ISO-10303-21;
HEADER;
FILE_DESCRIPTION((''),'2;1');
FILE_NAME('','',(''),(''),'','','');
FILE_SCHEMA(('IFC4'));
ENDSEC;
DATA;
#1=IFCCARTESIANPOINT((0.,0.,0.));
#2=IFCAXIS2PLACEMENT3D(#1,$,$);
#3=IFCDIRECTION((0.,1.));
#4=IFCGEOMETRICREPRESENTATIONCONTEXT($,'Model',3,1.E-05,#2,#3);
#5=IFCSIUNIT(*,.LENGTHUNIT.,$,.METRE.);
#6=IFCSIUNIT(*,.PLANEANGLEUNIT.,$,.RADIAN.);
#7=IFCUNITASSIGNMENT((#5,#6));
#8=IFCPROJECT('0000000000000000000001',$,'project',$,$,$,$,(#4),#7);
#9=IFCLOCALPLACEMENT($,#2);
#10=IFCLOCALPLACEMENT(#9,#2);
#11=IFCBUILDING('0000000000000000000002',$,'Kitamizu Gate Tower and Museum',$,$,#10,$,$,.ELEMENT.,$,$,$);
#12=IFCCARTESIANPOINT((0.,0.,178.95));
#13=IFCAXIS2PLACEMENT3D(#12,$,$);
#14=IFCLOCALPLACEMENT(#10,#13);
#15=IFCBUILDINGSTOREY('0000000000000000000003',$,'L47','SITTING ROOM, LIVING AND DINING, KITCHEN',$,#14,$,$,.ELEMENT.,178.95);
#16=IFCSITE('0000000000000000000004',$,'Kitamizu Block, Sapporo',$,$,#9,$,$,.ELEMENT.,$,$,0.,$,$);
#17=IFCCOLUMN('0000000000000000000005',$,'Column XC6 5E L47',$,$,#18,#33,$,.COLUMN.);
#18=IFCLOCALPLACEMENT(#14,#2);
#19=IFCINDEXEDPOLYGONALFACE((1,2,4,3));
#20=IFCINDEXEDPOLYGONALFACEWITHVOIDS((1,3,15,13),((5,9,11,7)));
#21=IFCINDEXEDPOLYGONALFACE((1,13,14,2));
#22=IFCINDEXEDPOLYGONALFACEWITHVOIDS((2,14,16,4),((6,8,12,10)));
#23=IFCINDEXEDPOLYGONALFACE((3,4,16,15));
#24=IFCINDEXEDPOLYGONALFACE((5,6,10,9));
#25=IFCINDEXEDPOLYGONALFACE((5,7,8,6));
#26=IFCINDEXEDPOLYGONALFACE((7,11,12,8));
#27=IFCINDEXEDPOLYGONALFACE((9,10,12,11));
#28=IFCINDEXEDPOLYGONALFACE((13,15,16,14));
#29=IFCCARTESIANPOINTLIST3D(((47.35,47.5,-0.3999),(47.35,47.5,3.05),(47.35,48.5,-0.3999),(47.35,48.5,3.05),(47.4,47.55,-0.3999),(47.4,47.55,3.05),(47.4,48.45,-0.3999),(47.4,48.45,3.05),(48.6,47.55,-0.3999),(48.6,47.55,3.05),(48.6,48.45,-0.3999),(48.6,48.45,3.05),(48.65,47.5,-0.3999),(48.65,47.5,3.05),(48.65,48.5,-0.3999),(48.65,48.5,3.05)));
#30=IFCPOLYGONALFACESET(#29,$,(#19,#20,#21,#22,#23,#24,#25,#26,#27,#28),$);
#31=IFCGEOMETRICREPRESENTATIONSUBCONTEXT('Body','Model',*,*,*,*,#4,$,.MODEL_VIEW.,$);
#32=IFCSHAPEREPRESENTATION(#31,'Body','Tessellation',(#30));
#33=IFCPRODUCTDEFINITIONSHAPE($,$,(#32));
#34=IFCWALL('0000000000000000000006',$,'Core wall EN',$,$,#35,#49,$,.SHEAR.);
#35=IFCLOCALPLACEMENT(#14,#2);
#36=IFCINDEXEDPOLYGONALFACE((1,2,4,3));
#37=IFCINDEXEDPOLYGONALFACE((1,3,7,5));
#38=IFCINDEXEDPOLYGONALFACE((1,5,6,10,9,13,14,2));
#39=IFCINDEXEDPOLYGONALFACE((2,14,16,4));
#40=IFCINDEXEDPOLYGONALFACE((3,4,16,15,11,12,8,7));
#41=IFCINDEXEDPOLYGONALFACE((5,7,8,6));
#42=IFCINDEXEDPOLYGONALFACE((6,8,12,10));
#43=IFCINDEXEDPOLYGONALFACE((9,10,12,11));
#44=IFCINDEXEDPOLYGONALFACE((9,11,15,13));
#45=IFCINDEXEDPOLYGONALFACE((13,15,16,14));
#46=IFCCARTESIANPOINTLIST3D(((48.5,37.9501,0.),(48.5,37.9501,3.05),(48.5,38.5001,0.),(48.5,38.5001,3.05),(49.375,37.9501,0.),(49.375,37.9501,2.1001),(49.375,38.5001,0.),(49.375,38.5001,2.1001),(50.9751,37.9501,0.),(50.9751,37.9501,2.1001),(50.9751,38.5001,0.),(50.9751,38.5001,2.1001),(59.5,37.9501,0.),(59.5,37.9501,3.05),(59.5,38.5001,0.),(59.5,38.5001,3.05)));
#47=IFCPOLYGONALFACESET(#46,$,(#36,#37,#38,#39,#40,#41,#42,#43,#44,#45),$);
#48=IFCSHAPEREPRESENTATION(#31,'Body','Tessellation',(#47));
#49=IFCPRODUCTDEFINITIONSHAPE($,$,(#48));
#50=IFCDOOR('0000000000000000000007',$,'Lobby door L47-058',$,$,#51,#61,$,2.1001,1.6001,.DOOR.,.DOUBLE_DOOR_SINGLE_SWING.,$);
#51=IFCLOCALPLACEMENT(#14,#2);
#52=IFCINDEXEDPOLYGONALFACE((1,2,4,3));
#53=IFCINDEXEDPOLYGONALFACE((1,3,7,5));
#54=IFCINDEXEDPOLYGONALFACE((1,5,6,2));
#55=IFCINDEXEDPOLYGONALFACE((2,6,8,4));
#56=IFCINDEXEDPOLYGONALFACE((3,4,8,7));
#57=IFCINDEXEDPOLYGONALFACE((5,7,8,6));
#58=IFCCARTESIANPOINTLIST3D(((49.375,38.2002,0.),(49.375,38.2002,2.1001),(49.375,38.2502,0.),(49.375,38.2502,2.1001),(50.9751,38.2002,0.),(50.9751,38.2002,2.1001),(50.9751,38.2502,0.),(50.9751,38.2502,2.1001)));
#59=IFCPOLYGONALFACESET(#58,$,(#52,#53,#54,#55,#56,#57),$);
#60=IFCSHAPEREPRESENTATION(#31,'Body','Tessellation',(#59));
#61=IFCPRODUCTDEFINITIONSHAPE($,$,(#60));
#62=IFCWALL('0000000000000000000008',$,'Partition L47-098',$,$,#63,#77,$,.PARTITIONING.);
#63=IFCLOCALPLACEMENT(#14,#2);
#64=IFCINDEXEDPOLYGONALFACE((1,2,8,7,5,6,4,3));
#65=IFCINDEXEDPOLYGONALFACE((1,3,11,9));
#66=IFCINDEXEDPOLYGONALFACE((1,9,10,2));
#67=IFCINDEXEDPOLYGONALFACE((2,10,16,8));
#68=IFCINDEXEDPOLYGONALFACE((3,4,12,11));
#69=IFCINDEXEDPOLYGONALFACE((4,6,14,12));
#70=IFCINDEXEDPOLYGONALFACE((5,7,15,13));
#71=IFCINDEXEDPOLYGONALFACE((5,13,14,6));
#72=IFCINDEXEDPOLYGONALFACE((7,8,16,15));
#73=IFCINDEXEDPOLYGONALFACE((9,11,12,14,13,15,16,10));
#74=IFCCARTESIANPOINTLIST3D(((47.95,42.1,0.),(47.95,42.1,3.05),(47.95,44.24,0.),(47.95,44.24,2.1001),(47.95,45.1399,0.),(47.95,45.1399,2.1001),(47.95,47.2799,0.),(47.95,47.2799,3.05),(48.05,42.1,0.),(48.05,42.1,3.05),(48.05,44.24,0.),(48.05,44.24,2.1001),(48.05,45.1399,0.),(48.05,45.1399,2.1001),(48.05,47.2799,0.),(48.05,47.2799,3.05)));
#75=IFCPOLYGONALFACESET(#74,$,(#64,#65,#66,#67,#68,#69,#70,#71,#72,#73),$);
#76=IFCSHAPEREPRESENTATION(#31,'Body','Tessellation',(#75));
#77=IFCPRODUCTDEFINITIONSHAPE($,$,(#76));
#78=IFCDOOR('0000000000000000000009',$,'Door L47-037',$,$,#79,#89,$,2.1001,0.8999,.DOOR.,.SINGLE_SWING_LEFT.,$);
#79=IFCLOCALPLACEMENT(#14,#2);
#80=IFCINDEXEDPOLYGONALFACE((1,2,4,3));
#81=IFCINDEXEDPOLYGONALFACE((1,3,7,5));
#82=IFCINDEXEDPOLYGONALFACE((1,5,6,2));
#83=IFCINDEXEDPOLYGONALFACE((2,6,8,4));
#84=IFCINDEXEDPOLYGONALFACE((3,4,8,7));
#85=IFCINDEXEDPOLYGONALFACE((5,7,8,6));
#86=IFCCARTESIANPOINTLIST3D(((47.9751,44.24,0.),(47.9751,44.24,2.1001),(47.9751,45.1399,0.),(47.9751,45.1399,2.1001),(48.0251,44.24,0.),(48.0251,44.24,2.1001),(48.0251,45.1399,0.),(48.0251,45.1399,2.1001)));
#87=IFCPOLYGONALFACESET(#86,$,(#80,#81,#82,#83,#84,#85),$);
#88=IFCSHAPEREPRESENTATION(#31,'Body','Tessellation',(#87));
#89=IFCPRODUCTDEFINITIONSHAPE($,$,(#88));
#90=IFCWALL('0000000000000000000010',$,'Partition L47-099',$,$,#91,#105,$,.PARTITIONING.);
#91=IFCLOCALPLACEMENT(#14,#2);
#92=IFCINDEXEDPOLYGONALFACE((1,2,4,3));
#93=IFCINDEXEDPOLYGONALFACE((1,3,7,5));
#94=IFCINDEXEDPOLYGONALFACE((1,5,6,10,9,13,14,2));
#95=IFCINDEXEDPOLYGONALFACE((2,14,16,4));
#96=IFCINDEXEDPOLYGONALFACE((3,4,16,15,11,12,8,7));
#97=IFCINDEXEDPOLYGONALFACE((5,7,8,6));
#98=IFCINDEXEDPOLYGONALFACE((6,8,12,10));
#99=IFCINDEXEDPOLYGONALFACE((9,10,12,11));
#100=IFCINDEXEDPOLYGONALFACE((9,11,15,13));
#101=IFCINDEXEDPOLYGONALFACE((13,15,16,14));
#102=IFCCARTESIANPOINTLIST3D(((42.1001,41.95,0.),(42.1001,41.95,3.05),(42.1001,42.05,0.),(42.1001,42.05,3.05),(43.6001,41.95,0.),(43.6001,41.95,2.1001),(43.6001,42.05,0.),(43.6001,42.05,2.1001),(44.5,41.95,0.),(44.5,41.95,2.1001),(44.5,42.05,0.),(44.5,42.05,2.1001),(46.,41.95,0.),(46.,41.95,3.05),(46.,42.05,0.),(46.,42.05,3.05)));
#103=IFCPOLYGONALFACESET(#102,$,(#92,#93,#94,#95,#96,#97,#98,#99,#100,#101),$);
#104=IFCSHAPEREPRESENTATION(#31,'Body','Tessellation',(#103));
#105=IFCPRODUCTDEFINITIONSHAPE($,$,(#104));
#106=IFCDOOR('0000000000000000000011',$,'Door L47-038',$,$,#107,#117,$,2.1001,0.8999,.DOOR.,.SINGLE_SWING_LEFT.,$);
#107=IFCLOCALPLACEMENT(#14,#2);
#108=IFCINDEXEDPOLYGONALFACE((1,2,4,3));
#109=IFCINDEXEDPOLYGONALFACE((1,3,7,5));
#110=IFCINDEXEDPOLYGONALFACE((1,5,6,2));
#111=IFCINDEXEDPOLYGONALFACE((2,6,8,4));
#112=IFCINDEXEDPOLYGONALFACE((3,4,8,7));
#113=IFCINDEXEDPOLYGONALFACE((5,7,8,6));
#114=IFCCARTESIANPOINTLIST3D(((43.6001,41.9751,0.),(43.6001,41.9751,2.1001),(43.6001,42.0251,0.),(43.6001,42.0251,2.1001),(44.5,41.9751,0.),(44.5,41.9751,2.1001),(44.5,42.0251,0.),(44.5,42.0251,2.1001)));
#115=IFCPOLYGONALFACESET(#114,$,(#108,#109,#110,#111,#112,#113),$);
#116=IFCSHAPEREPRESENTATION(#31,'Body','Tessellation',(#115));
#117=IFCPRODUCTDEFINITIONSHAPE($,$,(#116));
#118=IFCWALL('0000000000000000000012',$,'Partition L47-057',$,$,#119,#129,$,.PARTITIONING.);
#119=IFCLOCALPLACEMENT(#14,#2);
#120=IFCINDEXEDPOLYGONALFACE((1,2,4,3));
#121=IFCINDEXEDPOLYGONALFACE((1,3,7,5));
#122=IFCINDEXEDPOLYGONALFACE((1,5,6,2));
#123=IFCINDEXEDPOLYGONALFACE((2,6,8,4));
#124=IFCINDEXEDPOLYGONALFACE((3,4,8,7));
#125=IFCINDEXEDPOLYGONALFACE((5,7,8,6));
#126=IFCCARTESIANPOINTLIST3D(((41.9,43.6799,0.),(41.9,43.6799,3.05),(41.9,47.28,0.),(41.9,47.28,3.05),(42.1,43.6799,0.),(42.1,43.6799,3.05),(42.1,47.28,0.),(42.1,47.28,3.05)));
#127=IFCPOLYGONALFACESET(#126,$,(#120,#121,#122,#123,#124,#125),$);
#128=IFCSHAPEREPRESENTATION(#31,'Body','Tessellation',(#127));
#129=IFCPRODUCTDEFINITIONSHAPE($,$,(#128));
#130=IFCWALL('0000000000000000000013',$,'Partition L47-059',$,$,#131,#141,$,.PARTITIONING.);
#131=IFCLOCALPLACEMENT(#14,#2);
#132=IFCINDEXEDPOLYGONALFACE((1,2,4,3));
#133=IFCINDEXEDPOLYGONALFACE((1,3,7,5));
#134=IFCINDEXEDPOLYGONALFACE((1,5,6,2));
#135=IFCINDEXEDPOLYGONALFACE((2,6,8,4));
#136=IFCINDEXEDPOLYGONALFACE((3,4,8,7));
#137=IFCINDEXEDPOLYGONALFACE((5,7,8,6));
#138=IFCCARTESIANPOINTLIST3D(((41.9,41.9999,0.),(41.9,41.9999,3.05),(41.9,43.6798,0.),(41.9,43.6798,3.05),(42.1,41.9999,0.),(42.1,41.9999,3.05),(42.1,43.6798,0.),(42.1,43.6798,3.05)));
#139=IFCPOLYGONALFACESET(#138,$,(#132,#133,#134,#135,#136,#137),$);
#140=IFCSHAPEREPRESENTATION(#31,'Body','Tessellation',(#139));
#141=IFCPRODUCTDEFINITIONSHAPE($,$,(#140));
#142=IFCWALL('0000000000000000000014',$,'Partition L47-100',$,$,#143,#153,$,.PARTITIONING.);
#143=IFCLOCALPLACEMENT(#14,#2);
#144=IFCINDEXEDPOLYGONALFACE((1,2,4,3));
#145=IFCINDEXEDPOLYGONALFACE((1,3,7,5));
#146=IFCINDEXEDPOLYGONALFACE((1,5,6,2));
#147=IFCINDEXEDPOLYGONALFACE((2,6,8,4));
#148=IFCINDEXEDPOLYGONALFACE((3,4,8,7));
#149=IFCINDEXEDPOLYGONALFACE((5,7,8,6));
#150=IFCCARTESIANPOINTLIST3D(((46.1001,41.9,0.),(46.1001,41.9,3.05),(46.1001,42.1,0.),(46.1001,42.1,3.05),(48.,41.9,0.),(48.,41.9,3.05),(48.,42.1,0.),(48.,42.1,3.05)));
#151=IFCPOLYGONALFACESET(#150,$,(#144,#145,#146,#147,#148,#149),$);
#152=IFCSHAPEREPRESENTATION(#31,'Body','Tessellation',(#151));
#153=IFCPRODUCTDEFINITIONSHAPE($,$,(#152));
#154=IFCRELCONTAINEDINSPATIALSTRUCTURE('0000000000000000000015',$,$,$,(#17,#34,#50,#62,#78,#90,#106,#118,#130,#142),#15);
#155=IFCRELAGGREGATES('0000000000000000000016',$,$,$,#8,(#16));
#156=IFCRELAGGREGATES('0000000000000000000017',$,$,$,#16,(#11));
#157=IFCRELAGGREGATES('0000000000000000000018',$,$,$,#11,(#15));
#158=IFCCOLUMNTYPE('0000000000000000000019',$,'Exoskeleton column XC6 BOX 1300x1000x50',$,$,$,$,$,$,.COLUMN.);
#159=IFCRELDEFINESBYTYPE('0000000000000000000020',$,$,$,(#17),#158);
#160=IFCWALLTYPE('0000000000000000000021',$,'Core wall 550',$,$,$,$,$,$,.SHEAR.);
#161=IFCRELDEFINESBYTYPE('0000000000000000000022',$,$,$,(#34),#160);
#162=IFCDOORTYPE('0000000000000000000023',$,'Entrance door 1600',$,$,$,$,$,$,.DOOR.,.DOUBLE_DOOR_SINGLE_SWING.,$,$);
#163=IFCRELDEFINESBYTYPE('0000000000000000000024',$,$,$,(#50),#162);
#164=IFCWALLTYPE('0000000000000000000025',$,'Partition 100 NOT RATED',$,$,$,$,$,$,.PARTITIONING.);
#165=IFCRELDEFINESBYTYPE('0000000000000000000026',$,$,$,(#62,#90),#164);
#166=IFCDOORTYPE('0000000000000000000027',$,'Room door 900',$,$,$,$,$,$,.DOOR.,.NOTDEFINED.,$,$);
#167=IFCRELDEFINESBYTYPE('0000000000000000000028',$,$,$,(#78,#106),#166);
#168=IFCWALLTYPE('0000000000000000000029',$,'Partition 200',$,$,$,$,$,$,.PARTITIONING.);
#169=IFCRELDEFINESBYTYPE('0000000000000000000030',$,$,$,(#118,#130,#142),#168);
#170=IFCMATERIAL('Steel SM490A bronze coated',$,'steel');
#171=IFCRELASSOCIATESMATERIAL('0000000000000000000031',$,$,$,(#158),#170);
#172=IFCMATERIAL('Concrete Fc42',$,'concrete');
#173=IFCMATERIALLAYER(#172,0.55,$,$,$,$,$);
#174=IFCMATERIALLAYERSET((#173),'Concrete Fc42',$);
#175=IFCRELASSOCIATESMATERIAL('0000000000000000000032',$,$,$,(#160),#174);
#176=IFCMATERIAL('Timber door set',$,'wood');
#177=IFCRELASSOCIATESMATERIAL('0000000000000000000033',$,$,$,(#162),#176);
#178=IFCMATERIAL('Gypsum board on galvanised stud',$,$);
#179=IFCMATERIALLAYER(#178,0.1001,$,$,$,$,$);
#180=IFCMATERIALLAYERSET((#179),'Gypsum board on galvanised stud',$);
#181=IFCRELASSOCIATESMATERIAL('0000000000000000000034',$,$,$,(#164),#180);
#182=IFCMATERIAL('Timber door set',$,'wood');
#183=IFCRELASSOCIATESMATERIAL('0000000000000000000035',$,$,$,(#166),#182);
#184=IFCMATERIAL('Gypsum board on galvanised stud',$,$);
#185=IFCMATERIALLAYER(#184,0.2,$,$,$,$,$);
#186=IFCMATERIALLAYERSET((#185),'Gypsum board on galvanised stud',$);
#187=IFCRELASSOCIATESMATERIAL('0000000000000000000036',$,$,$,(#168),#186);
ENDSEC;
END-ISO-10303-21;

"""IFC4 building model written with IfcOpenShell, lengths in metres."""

from ifc_helpers import new_model, si_unit, direction, frame, frame_2d, origin, origin_2d, place, context, subcontext, project, spatial, rectangle, hollow_rectangle, extrude, material, layer, layer_set, material_profile, profile_set, type_object, element, fill, save


model = new_model("IFC4")

# Units and contexts
model_context = context("Model", 3, precision=1e-05, world=origin(), true_north=direction((0.0, 1.0)))
body_context = subcontext(model_context, "Body", "Model", "MODEL_VIEW")
ifc_project = project(units=[si_unit("LENGTHUNIT", "METRE"), si_unit("PLANEANGLEUNIT", "RADIAN")], contexts=[model_context])

# Site, building, storey
site_placement = place(None, origin())
site = spatial("IfcSite", under=ifc_project, at=site_placement, Name="Kitamizu Block, Sapporo", CompositionType="ELEMENT", RefElevation=0.0)
building_placement = place(site_placement, origin())
building = spatial("IfcBuilding", under=site, at=building_placement, Name="Kitamizu Gate Tower and Museum", CompositionType="ELEMENT")
storey_placement = place(building_placement, frame((0.0, 0.0, 178.95)))
storey = spatial("IfcBuildingStorey", under=building, at=storey_placement, Name="L47", Description="SITTING ROOM, LIVING AND DINING, KITCHEN", CompositionType="ELEMENT", Elevation=178.95)

# Column
ifc_material_1 = material(Name="Steel SM490A bronze coated", Category="steel")
ifc_material_profile = material_profile(ifc_material_1, hollow_rectangle(XDim=1.3, YDim=1.0, WallThickness=0.05, at=origin_2d()), Name="BOX 1300x1000x50")
ifc_profile_set = profile_set([ifc_material_profile], Name="Steel SM490A bronze coated")
column_type = type_object("IfcColumnType", Name="Exoskeleton column XC6 BOX 1300x1000x50", PredefinedType="COLUMN", material=ifc_profile_set)
column_placement = place(storey_placement, frame((48.0, 48.0, -0.3999), z_axis=(0.0, 0.0, 1.0), x_axis=(1.0, 0.0, 0.0)))
element("IfcColumn", 1, at=column_placement, inside=storey, type_object=column_type, Name="Column XC6 5E L47", PredefinedType="COLUMN", context=body_context, shape_type="SweptSolid", body=[
    extrude(hollow_rectangle(XDim=1.3, YDim=1.0, WallThickness=0.05, at=origin_2d()), origin(), (0.0, 0.0, 1.0), 3.45),
])

# Walls, openings, doors
ifc_material_2 = material(Name="Concrete Fc42", Category="concrete")
ifc_layer_1 = layer(ifc_material_2, 0.55)
ifc_layer_set_1 = layer_set([ifc_layer_1], Name="Concrete Fc42")
wall_type_1 = type_object("IfcWallType", Name="Core wall 550", PredefinedType="SHEAR", material=ifc_layer_set_1)
wall_1_placement = place(storey_placement, frame((59.5, 38.2251, 0.0), z_axis=(0.0, 0.0, 1.0), x_axis=(-1.0, 0.0, 0.0)))
wall_1 = element("IfcWall", 2, at=wall_1_placement, inside=storey, type_object=wall_type_1, Name="Core wall EN", PredefinedType="SHEAR", context=body_context, shape_type="SweptSolid", body=[
    extrude(rectangle(XDim=11.0, YDim=0.55, at=frame_2d((5.5, 0.0))), origin(), (0.0, 0.0, 1.0), 3.05),
])
opening_1_placement = place(wall_1_placement, frame((8.5249, 0.0, 0.0)))
opening_1 = element("IfcOpeningElement", 3, at=opening_1_placement, cuts=wall_1, PredefinedType="OPENING", context=body_context, shape_type="SweptSolid", body=[
    extrude(rectangle(XDim=1.6001, YDim=2.1001, at=frame_2d((0.8, 1.05))), frame((0.0, 0.2852, 0.0), z_axis=(0.0, -1.0, 0.0), x_axis=(1.0, 0.0, 0.0)), (0.0, 0.0, 1.0), 0.5701),
])
ifc_material_3 = material(Name="Timber door set", Category="wood")
door_type_1 = type_object("IfcDoorType", Name="Entrance door 1600", OperationType="DOUBLE_DOOR_SINGLE_SWING", PredefinedType="DOOR", material=ifc_material_3)
door_1_placement = place(opening_1_placement, origin())
door_1 = element("IfcDoor", 4, at=door_1_placement, inside=storey, type_object=door_type_1, Name="Lobby door L47-058", OperationType="DOUBLE_DOOR_SINGLE_SWING", OverallHeight=2.1001, OverallWidth=1.6001, PredefinedType="DOOR", context=body_context, shape_type="SweptSolid", body=[
    extrude(rectangle(XDim=1.6001, YDim=2.1001, at=frame_2d((0.8, 1.05))), frame((0.0, 0.0249, 0.0), z_axis=(0.0, -1.0, 0.0), x_axis=(1.0, 0.0, 0.0)), (0.0, 0.0, 1.0), 0.05),
])
fill(opening_1, door_1)
ifc_material_4 = material(Name="Gypsum board on galvanised stud")
ifc_layer_2 = layer(ifc_material_4, 0.1001)
ifc_layer_set_2 = layer_set([ifc_layer_2], Name="Gypsum board on galvanised stud")
wall_type_2 = type_object("IfcWallType", Name="Partition 100 NOT RATED", PredefinedType="PARTITIONING", material=ifc_layer_set_2)
wall_2_placement = place(storey_placement, frame((48.0, 42.1001, 0.0), z_axis=(0.0, 0.0, 1.0), x_axis=(0.0, 1.0, 0.0)))
wall_2 = element("IfcWall", 5, at=wall_2_placement, inside=storey, type_object=wall_type_2, Name="Partition L47-098", PredefinedType="PARTITIONING", context=body_context, shape_type="SweptSolid", body=[
    extrude(rectangle(XDim=5.1799, YDim=0.1001, at=frame_2d((2.5898, 0.0))), origin(), (0.0, 0.0, 1.0), 3.05),
])
opening_2_placement = place(wall_2_placement, frame((2.1399, 0.0, 0.0)))
opening_2 = element("IfcOpeningElement", 6, at=opening_2_placement, cuts=wall_2, PredefinedType="OPENING", context=body_context, shape_type="SweptSolid", body=[
    extrude(rectangle(XDim=0.8999, YDim=2.1001, at=frame_2d((0.45, 1.05))), frame((0.0, 0.0601, 0.0), z_axis=(0.0, -1.0, 0.0), x_axis=(1.0, 0.0, 0.0)), (0.0, 0.0, 1.0), 0.1201),
])
ifc_material_5 = material(Name="Timber door set", Category="wood")
door_type_2 = type_object("IfcDoorType", Name="Room door 900", OperationType="NOTDEFINED", PredefinedType="DOOR", material=ifc_material_5)
door_2_placement = place(opening_2_placement, origin())
door_2 = element("IfcDoor", 7, at=door_2_placement, inside=storey, type_object=door_type_2, Name="Door L47-037", OperationType="SINGLE_SWING_LEFT", OverallHeight=2.1001, OverallWidth=0.8999, PredefinedType="DOOR", context=body_context, shape_type="SweptSolid", body=[
    extrude(rectangle(XDim=0.8999, YDim=2.1001, at=frame_2d((0.45, 1.05))), frame((0.0, 0.0249, 0.0), z_axis=(0.0, -1.0, 0.0), x_axis=(1.0, 0.0, 0.0)), (0.0, 0.0, 1.0), 0.05),
])
fill(opening_2, door_2)
wall_3_placement = place(storey_placement, frame((42.1001, 42.0, 0.0), z_axis=(0.0, 0.0, 1.0), x_axis=(1.0, 0.0, 0.0)))
wall_3 = element("IfcWall", 8, at=wall_3_placement, inside=storey, type_object=wall_type_2, Name="Partition L47-099", PredefinedType="PARTITIONING", context=body_context, shape_type="SweptSolid", body=[
    extrude(rectangle(XDim=3.8999, YDim=0.1001, at=frame_2d((1.95, 0.0))), origin(), (0.0, 0.0, 1.0), 3.05),
])
opening_3_placement = place(wall_3_placement, frame((1.5, 0.0, 0.0)))
opening_3 = element("IfcOpeningElement", 9, at=opening_3_placement, cuts=wall_3, PredefinedType="OPENING", context=body_context, shape_type="SweptSolid", body=[
    extrude(rectangle(XDim=0.8999, YDim=2.1001, at=frame_2d((0.45, 1.05))), frame((0.0, 0.0601, 0.0), z_axis=(0.0, -1.0, 0.0), x_axis=(1.0, 0.0, 0.0)), (0.0, 0.0, 1.0), 0.1201),
])
door_3_placement = place(opening_3_placement, frame((0.8999, 0.0, 0.0), x_axis=(-1.0, 0.0, 0.0)))
door_3 = element("IfcDoor", 10, at=door_3_placement, inside=storey, type_object=door_type_2, Name="Door L47-038", OperationType="SINGLE_SWING_LEFT", OverallHeight=2.1001, OverallWidth=0.8999, PredefinedType="DOOR", context=body_context, shape_type="SweptSolid", body=[
    extrude(rectangle(XDim=0.8999, YDim=2.1001, at=frame_2d((0.45, 1.05))), frame((0.0, 0.0249, 0.0), z_axis=(0.0, -1.0, 0.0), x_axis=(1.0, 0.0, 0.0)), (0.0, 0.0, 1.0), 0.05),
])
fill(opening_3, door_3)

# Walls
ifc_material_6 = material(Name="Gypsum board on galvanised stud")
ifc_layer_3 = layer(ifc_material_6, 0.2)
ifc_layer_set_3 = layer_set([ifc_layer_3], Name="Gypsum board on galvanised stud")
wall_type_3 = type_object("IfcWallType", Name="Partition 200", PredefinedType="PARTITIONING", material=ifc_layer_set_3)
wall_4_placement = place(storey_placement, frame((42.0, 43.6799, 0.0), z_axis=(0.0, 0.0, 1.0), x_axis=(0.0, 1.0, 0.0)))
element("IfcWall", 11, at=wall_4_placement, inside=storey, type_object=wall_type_3, Name="Partition L47-057", PredefinedType="PARTITIONING", context=body_context, shape_type="SweptSolid", body=[
    extrude(rectangle(XDim=3.6001, YDim=0.2, at=frame_2d((1.8, 0.0))), origin(), (0.0, 0.0, 1.0), 3.05),
])
wall_5_placement = place(storey_placement, frame((42.0, 42.0, 0.0), z_axis=(0.0, 0.0, 1.0), x_axis=(0.0, 1.0, 0.0)))
element("IfcWall", 12, at=wall_5_placement, inside=storey, type_object=wall_type_3, Name="Partition L47-059", PredefinedType="PARTITIONING", context=body_context, shape_type="SweptSolid", body=[
    extrude(rectangle(XDim=1.6799, YDim=0.2, at=frame_2d((0.8398, 0.0))), origin(), (0.0, 0.0, 1.0), 3.05),
])
wall_6_placement = place(storey_placement, frame((46.1001, 42.0, 0.0), z_axis=(0.0, 0.0, 1.0), x_axis=(1.0, 0.0, 0.0)))
element("IfcWall", 13, at=wall_6_placement, inside=storey, type_object=wall_type_3, Name="Partition L47-100", PredefinedType="PARTITIONING", context=body_context, shape_type="SweptSolid", body=[
    extrude(rectangle(XDim=1.8999, YDim=0.2, at=frame_2d((0.95, 0.0))), origin(), (0.0, 0.0, 1.0), 3.05),
])

save(model, "model.ifc")
